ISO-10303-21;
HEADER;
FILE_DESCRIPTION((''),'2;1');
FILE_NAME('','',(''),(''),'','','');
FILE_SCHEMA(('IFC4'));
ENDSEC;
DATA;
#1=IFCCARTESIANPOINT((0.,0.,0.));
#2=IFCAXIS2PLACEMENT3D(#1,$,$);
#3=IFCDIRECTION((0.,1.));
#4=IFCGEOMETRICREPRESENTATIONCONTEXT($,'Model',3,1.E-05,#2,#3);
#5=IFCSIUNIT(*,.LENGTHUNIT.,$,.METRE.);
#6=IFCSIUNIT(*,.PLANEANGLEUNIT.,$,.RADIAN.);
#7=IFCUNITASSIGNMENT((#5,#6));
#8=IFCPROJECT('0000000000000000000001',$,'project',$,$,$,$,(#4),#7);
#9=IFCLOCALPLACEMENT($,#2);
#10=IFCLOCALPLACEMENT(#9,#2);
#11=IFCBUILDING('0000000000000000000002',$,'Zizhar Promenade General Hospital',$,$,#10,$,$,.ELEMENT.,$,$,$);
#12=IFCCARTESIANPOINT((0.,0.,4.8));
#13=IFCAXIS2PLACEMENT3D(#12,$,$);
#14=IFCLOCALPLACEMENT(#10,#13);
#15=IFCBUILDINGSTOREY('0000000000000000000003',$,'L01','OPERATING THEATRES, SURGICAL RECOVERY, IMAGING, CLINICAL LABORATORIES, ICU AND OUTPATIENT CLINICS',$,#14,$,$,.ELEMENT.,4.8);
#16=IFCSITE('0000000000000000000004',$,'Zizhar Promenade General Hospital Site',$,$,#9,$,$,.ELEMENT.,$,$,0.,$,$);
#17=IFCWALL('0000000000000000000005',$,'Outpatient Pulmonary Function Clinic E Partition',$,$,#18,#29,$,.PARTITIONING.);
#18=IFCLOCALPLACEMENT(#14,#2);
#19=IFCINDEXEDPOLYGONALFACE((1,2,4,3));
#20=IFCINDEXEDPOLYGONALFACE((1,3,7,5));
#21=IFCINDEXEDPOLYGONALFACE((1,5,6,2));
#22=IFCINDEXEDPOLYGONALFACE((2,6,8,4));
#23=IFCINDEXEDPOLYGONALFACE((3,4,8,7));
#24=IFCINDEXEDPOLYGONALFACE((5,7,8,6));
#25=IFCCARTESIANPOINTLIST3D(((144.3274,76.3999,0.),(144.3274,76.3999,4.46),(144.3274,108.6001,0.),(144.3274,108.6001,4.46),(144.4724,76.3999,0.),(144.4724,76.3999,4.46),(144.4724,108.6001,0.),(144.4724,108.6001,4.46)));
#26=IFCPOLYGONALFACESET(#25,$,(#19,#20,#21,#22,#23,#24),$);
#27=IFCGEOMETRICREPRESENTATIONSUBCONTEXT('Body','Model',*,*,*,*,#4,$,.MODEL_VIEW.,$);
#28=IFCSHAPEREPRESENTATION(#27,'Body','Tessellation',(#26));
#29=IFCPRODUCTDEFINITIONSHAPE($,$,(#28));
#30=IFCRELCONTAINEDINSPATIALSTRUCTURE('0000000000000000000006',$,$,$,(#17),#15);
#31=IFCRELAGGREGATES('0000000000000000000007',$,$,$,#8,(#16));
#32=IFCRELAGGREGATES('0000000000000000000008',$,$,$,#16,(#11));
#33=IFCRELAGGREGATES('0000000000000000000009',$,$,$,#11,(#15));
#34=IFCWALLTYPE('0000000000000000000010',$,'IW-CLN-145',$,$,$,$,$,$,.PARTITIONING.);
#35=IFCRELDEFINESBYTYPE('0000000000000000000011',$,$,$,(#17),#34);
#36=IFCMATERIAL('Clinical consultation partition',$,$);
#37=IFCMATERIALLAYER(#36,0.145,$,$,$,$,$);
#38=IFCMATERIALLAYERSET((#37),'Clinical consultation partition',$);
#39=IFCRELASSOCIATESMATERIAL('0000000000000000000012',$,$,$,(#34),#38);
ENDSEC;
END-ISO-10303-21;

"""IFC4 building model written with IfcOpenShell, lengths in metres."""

from ifc_helpers import new_model, si_unit, direction, frame, frame_2d, origin, place, context, subcontext, project, spatial, rectangle, extrude, material, layer, layer_set, type_object, element, save


model = new_model("IFC4")

# Units and contexts
model_context = context("Model", 3, precision=1e-05, world=origin(), true_north=direction((0.0, 1.0)))
body_context = subcontext(model_context, "Body", "Model", "MODEL_VIEW")
ifc_project = project(units=[si_unit("LENGTHUNIT", "METRE"), si_unit("PLANEANGLEUNIT", "RADIAN")], contexts=[model_context])

# Site, building, storey
site_placement = place(None, origin())
site = spatial("IfcSite", under=ifc_project, at=site_placement, Name="Zizhar Promenade General Hospital Site", CompositionType="ELEMENT", RefElevation=0.0)
building_placement = place(site_placement, origin())
building = spatial("IfcBuilding", under=site, at=building_placement, Name="Zizhar Promenade General Hospital", CompositionType="ELEMENT")
storey_placement = place(building_placement, frame((0.0, 0.0, 4.8)))
storey = spatial("IfcBuildingStorey", under=building, at=storey_placement, Name="L01", Description="OPERATING THEATRES, SURGICAL RECOVERY, IMAGING, CLINICAL LABORATORIES, ICU AND OUTPATIENT CLINICS", CompositionType="ELEMENT", Elevation=4.8)

# Wall
ifc_material_1 = material(Name="Clinical consultation partition")
ifc_layer_1 = layer(ifc_material_1, 0.145)
ifc_layer_set_1 = layer_set([ifc_layer_1], Name="Clinical consultation partition")
wall_type = type_object("IfcWallType", Name="IW-CLN-145", PredefinedType="PARTITIONING", material=ifc_layer_set_1)
wall_placement = place(storey_placement, frame((144.3999, 76.3999, 0.0), z_axis=(0.0, 0.0, 1.0), x_axis=(0.0, 1.0, 0.0)))
element("IfcWall", 1, at=wall_placement, inside=storey, type_object=wall_type, Name="Outpatient Pulmonary Function Clinic E Partition", PredefinedType="PARTITIONING", context=body_context, shape_type="SweptSolid", body=[
    extrude(rectangle(XDim=32.2002, YDim=0.145, at=frame_2d((16.1001, 0.0))), origin(), (0.0, 0.0, 1.0), 4.46),
])

save(model, "model.ifc")
